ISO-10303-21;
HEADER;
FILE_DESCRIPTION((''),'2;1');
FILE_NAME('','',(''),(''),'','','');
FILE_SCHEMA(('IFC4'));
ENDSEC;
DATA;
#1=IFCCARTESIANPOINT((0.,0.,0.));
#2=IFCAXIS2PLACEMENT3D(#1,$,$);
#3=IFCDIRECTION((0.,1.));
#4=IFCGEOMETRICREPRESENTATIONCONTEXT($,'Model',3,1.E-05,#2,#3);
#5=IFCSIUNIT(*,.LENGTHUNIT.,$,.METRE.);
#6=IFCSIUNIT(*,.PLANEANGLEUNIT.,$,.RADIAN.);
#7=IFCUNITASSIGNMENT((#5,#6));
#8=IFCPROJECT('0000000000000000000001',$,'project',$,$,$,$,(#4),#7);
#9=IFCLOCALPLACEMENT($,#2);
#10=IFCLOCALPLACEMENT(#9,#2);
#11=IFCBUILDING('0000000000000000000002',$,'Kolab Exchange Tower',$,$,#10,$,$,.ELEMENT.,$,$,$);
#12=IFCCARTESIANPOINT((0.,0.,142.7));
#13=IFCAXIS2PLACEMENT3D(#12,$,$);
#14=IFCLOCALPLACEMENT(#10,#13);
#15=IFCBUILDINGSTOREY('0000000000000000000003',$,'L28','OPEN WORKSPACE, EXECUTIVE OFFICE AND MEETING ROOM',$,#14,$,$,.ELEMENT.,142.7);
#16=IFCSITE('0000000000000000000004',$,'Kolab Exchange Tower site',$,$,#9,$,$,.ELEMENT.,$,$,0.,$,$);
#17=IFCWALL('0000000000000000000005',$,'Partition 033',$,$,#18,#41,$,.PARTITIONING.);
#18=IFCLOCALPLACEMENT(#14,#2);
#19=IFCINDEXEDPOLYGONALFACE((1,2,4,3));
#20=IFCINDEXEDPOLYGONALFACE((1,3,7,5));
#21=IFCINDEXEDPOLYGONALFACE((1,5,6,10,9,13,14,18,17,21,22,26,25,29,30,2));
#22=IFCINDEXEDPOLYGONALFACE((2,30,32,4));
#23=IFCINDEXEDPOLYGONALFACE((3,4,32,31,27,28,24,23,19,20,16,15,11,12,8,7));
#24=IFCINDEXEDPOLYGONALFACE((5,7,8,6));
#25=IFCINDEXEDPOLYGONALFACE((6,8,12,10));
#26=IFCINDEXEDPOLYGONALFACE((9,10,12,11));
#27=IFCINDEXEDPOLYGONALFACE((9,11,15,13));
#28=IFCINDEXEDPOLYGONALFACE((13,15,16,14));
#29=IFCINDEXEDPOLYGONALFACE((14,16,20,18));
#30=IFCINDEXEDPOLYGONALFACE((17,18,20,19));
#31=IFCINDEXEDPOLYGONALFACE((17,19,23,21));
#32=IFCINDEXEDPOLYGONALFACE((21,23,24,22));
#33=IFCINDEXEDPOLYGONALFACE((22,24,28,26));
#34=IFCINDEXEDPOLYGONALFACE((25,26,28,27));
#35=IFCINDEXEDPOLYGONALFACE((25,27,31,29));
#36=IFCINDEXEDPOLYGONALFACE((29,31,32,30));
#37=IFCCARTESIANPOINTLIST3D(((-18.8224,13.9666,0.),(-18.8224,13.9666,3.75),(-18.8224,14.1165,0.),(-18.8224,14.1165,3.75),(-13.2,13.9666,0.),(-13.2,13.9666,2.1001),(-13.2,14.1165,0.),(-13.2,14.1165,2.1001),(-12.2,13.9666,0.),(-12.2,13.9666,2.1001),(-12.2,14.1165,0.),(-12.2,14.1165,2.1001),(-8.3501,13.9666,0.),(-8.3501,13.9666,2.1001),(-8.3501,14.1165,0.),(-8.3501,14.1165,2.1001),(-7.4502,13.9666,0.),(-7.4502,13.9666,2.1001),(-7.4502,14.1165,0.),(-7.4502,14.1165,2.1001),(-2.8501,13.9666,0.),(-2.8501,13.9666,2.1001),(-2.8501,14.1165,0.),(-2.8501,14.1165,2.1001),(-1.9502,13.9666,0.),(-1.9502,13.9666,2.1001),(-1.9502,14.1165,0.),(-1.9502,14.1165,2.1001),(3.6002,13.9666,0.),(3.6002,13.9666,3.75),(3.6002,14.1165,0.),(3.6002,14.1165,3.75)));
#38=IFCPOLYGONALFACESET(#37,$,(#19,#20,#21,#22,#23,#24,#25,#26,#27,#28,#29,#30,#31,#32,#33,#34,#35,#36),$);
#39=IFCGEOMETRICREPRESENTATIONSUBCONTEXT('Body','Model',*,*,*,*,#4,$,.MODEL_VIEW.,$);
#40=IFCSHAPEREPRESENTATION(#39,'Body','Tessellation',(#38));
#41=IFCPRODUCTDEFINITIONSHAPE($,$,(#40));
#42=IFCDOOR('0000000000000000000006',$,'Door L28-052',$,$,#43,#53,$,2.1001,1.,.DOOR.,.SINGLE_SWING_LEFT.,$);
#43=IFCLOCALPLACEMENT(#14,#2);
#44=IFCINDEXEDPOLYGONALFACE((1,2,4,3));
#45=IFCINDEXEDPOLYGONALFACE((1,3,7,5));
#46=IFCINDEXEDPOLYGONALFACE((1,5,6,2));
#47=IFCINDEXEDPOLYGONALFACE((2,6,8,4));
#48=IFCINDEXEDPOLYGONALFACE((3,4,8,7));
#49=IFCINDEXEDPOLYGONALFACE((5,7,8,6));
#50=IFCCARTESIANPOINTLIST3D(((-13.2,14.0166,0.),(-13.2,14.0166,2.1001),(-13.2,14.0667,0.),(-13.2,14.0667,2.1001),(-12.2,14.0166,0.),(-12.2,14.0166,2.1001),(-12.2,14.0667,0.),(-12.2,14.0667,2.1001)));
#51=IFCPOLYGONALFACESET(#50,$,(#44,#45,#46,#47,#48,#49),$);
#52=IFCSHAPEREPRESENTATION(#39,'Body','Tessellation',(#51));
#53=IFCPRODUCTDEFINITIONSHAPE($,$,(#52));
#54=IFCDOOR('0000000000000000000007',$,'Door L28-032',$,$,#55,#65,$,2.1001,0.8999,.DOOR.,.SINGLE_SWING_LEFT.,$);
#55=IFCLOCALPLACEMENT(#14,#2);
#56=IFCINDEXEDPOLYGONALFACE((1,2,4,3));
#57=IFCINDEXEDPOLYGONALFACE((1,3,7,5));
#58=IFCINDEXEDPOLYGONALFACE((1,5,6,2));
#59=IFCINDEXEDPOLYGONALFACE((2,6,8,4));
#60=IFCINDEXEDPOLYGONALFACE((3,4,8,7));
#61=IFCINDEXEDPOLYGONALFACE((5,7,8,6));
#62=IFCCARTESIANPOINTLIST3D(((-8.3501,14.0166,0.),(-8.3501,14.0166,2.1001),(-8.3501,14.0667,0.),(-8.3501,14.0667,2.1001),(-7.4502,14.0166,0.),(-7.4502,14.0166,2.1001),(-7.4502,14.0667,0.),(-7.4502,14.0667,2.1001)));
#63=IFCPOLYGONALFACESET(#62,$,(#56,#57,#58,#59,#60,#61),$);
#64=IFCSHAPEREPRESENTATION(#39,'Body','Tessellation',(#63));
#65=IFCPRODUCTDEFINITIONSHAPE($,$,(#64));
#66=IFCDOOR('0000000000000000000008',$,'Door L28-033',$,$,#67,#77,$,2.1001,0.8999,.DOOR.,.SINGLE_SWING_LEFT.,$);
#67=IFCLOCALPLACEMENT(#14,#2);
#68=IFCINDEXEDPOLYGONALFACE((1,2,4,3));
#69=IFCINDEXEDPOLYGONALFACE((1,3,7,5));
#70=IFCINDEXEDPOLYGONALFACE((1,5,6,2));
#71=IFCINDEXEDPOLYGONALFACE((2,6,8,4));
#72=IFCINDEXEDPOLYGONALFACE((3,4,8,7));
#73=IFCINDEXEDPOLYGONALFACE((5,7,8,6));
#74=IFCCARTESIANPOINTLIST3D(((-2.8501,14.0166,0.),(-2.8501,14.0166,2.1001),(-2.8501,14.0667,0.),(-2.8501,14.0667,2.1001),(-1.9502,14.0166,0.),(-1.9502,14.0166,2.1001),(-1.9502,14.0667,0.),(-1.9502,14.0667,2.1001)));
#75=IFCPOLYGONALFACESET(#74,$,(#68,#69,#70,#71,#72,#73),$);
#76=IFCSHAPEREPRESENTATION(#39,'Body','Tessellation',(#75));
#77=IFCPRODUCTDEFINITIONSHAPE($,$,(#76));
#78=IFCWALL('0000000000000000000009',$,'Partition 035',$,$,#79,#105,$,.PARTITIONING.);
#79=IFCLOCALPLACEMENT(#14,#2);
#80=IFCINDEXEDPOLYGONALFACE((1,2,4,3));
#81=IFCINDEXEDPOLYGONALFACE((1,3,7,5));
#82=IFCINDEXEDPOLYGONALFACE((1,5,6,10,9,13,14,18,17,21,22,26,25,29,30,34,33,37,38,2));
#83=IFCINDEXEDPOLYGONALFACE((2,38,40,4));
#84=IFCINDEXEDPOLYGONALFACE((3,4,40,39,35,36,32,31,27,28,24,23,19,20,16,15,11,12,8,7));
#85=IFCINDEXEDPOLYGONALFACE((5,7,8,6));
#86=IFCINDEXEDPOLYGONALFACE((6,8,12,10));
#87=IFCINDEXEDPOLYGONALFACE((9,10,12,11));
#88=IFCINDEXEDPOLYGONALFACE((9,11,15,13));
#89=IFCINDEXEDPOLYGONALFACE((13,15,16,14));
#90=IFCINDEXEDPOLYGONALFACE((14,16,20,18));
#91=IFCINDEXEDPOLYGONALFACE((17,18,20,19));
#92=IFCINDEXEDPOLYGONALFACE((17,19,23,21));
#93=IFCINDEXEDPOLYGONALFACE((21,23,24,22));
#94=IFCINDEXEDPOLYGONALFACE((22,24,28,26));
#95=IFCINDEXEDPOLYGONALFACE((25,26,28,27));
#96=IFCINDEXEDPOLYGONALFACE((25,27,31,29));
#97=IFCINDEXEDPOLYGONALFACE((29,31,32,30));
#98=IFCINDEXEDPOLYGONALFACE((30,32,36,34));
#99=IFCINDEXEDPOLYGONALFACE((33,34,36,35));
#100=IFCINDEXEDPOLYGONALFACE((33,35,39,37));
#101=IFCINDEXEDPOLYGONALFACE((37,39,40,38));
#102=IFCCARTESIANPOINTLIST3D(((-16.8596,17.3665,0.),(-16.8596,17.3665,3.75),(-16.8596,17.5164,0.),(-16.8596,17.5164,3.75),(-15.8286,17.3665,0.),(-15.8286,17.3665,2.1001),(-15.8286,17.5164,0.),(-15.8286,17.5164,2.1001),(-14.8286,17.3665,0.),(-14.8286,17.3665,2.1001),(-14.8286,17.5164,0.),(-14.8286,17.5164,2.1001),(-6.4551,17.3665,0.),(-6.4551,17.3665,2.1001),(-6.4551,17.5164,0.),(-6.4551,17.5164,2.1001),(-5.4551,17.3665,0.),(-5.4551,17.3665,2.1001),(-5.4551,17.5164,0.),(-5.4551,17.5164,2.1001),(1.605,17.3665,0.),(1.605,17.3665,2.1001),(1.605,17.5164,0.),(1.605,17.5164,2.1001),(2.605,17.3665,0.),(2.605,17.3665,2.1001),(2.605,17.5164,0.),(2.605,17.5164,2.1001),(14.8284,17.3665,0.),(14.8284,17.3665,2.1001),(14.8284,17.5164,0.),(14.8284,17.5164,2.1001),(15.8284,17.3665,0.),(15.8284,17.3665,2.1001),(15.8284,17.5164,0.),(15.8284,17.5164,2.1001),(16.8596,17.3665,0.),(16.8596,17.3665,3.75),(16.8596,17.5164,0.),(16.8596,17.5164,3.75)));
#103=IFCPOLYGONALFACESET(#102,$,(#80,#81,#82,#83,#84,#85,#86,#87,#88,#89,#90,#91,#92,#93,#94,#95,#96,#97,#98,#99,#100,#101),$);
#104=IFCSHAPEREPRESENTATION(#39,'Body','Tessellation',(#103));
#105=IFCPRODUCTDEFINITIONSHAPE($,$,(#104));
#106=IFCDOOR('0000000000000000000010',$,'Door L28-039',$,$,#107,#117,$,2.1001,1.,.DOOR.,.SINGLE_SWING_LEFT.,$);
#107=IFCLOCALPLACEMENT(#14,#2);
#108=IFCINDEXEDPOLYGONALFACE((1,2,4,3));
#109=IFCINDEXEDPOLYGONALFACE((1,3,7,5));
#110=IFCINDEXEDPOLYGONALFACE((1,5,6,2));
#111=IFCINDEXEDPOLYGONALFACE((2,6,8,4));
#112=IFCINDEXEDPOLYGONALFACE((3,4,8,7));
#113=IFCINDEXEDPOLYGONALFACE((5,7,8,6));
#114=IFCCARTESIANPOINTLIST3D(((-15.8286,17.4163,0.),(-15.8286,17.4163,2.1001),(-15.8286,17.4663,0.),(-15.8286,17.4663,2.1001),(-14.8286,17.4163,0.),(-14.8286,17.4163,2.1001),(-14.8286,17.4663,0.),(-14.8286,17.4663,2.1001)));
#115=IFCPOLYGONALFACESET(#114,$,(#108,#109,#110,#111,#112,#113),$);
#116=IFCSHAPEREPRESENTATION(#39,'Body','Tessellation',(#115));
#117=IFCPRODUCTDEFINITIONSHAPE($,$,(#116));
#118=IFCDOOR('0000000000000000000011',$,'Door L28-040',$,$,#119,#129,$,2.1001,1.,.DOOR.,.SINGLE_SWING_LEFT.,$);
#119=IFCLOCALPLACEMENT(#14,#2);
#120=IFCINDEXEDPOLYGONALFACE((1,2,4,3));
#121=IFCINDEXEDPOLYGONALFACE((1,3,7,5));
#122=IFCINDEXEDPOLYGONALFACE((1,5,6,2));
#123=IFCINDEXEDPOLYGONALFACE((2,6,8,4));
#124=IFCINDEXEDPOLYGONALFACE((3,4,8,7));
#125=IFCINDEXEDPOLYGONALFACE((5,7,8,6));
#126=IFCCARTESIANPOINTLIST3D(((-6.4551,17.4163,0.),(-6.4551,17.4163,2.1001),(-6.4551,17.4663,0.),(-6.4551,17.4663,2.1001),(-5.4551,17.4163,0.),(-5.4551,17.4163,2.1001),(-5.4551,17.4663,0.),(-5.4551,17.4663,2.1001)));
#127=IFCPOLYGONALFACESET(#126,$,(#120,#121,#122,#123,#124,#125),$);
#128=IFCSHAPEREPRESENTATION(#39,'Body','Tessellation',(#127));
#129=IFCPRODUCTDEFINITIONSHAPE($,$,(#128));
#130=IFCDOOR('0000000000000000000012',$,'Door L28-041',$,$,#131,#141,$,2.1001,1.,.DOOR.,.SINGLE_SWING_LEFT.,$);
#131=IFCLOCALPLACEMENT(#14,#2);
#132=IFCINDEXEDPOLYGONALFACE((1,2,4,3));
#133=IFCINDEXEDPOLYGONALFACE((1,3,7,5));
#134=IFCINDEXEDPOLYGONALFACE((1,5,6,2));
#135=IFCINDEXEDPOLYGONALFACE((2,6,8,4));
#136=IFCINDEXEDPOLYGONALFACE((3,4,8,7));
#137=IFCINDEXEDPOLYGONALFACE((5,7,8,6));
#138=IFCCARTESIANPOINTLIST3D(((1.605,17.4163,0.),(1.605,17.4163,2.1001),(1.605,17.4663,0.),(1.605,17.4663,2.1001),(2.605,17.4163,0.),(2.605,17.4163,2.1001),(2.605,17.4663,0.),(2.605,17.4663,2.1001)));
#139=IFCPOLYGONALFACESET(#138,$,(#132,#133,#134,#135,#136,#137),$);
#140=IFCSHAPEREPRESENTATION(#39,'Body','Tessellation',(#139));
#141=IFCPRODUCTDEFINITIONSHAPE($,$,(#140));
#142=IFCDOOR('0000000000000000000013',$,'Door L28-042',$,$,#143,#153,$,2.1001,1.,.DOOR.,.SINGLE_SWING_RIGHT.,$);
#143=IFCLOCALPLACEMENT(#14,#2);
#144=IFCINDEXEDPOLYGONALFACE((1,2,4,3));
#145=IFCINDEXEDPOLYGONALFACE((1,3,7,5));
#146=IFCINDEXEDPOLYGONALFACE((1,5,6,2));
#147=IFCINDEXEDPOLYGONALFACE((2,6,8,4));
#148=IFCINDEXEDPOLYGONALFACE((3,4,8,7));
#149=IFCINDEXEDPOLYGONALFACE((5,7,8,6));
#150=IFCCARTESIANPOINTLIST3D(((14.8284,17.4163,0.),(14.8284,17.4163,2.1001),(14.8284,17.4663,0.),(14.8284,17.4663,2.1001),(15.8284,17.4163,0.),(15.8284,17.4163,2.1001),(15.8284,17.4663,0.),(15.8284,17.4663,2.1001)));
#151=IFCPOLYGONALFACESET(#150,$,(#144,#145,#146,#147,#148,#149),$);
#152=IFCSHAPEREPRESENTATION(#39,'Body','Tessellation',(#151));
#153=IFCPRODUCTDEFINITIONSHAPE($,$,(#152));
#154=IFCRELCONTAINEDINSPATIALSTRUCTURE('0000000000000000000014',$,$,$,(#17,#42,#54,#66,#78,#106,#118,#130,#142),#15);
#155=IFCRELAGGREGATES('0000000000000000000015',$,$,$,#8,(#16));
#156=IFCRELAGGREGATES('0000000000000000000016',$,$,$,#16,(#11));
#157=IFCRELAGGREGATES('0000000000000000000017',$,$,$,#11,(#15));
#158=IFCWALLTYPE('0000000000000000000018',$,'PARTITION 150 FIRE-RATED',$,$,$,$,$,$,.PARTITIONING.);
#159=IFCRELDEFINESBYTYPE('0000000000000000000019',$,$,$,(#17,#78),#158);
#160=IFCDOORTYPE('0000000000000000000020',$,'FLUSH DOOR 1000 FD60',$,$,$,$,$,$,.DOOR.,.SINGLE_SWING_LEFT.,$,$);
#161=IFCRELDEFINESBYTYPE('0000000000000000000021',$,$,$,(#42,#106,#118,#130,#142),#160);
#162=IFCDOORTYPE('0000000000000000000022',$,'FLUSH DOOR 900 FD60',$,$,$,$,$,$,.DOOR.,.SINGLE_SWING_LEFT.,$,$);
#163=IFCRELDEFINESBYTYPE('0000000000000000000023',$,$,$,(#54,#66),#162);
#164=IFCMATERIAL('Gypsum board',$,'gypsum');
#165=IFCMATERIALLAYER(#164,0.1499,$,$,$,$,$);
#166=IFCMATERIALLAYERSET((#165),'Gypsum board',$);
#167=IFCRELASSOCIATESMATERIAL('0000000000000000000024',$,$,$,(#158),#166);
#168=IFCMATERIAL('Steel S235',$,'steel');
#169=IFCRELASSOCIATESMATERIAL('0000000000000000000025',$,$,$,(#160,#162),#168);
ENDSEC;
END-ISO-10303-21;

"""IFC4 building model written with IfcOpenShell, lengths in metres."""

from ifc_helpers import new_model, si_unit, direction, frame, frame_2d, origin, place, context, subcontext, project, spatial, rectangle, extrude, material, layer, layer_set, type_object, element, fill, save


model = new_model("IFC4")

# Units and contexts
model_context = context("Model", 3, precision=1e-05, world=origin(), true_north=direction((0.0, 1.0)))
body_context = subcontext(model_context, "Body", "Model", "MODEL_VIEW")
ifc_project = project(units=[si_unit("LENGTHUNIT", "METRE"), si_unit("PLANEANGLEUNIT", "RADIAN")], contexts=[model_context])

# Site, building, storey
site_placement = place(None, origin())
site = spatial("IfcSite", under=ifc_project, at=site_placement, Name="Kolab Exchange Tower site", CompositionType="ELEMENT", RefElevation=0.0)
building_placement = place(site_placement, origin())
building = spatial("IfcBuilding", under=site, at=building_placement, Name="Kolab Exchange Tower", CompositionType="ELEMENT")
storey_placement = place(building_placement, frame((0.0, 0.0, 142.7)))
storey = spatial("IfcBuildingStorey", under=building, at=storey_placement, Name="L28", Description="OPEN WORKSPACE, EXECUTIVE OFFICE AND MEETING ROOM", CompositionType="ELEMENT", Elevation=142.7)

# Shared definitions
ifc_material_1 = material(Name="Gypsum board", Category="gypsum")

# Walls, openings, doors
ifc_layer_1 = layer(ifc_material_1, 0.1499)
ifc_layer_set_1 = layer_set([ifc_layer_1], Name="Gypsum board")
wall_type_1 = type_object("IfcWallType", Name="PARTITION 150 FIRE-RATED", PredefinedType="PARTITIONING", material=ifc_layer_set_1)
wall_1_placement = place(storey_placement, frame((-18.8225, 14.0415, 0.0), z_axis=(0.0, 0.0, 1.0), x_axis=(1.0, 0.0, 0.0)))
wall_1 = element("IfcWall", 1, at=wall_1_placement, inside=storey, type_object=wall_type_1, Name="Partition 033", PredefinedType="PARTITIONING", context=body_context, shape_type="SweptSolid", body=[
    extrude(rectangle(XDim=22.4226, YDim=0.1499, at=frame_2d((11.2114, 0.0))), origin(), (0.0, 0.0, 1.0), 3.75),
])
opening_1_placement = place(wall_1_placement, frame((10.4724, 0.0, 0.0)))
opening_1 = element("IfcOpeningElement", 2, at=opening_1_placement, cuts=wall_1, PredefinedType="OPENING", context=body_context, shape_type="SweptSolid", body=[
    extrude(rectangle(XDim=0.8999, YDim=2.1001, at=frame_2d((0.45, 1.05))), frame((0.0, 0.085, 0.0), z_axis=(0.0, -1.0, 0.0), x_axis=(1.0, 0.0, 0.0)), (0.0, 0.0, 1.0), 0.1699),
])
opening_2_placement = place(wall_1_placement, frame((15.9724, 0.0, 0.0)))
opening_2 = element("IfcOpeningElement", 3, at=opening_2_placement, cuts=wall_1, PredefinedType="OPENING", context=body_context, shape_type="SweptSolid", body=[
    extrude(rectangle(XDim=0.8999, YDim=2.1001, at=frame_2d((0.45, 1.05))), frame((0.0, 0.085, 0.0), z_axis=(0.0, -1.0, 0.0), x_axis=(1.0, 0.0, 0.0)), (0.0, 0.0, 1.0), 0.1699),
])
opening_3_placement = place(wall_1_placement, frame((5.6226, 0.0, 0.0)))
opening_3 = element("IfcOpeningElement", 4, at=opening_3_placement, cuts=wall_1, PredefinedType="OPENING", context=body_context, shape_type="SweptSolid", body=[
    extrude(rectangle(XDim=1.0, YDim=2.1001, at=frame_2d((0.5, 1.05))), frame((0.0, 0.085, 0.0), z_axis=(0.0, -1.0, 0.0), x_axis=(1.0, 0.0, 0.0)), (0.0, 0.0, 1.0), 0.1699),
])
ifc_material_2 = material(Name="Steel S235", Category="steel")
door_type_1 = type_object("IfcDoorType", Name="FLUSH DOOR 1000 FD60", OperationType="SINGLE_SWING_LEFT", PredefinedType="DOOR", material=ifc_material_2)
door_1_placement = place(opening_3_placement, frame((1.0, 0.0, 0.0), z_axis=(0.0, 0.0, 1.0), x_axis=(-1.0, 0.0, 0.0)))
door_1 = element("IfcDoor", 5, at=door_1_placement, inside=storey, type_object=door_type_1, Name="Door L28-052", OperationType="SINGLE_SWING_LEFT", OverallHeight=2.1001, OverallWidth=1.0, PredefinedType="DOOR", context=body_context, shape_type="SweptSolid", body=[
    extrude(rectangle(XDim=1.0, YDim=2.1001, at=frame_2d((0.5, 1.05))), frame((0.0, 0.0249, 0.0), z_axis=(0.0, -1.0, 0.0), x_axis=(1.0, 0.0, 0.0)), (0.0, 0.0, 1.0), 0.05),
])
fill(opening_3, door_1)
door_type_2 = type_object("IfcDoorType", Name="FLUSH DOOR 900 FD60", OperationType="SINGLE_SWING_LEFT", PredefinedType="DOOR", material=ifc_material_2)
door_2_placement = place(opening_1_placement, frame((0.8999, 0.0, 0.0), z_axis=(0.0, 0.0, 1.0), x_axis=(-1.0, 0.0, 0.0)))
door_2 = element("IfcDoor", 6, at=door_2_placement, inside=storey, type_object=door_type_2, Name="Door L28-032", OperationType="SINGLE_SWING_LEFT", OverallHeight=2.1001, OverallWidth=0.8999, PredefinedType="DOOR", context=body_context, shape_type="SweptSolid", body=[
    extrude(rectangle(XDim=0.8999, YDim=2.1001, at=frame_2d((0.45, 1.05))), frame((0.0, 0.0249, 0.0), z_axis=(0.0, -1.0, 0.0), x_axis=(1.0, 0.0, 0.0)), (0.0, 0.0, 1.0), 0.05),
])
fill(opening_1, door_2)
door_3_placement = place(opening_2_placement, frame((0.8999, 0.0, 0.0), z_axis=(0.0, 0.0, 1.0), x_axis=(-1.0, 0.0, 0.0)))
door_3 = element("IfcDoor", 7, at=door_3_placement, inside=storey, type_object=door_type_2, Name="Door L28-033", OperationType="SINGLE_SWING_LEFT", OverallHeight=2.1001, OverallWidth=0.8999, PredefinedType="DOOR", context=body_context, shape_type="SweptSolid", body=[
    extrude(rectangle(XDim=0.8999, YDim=2.1001, at=frame_2d((0.45, 1.05))), frame((0.0, 0.0249, 0.0), z_axis=(0.0, -1.0, 0.0), x_axis=(1.0, 0.0, 0.0)), (0.0, 0.0, 1.0), 0.05),
])
fill(opening_2, door_3)
wall_2_placement = place(storey_placement, frame((-16.8596, 17.4414, 0.0), z_axis=(0.0, 0.0, 1.0), x_axis=(1.0, 0.0, 0.0)))
wall_2 = element("IfcWall", 8, at=wall_2_placement, inside=storey, type_object=wall_type_1, Name="Partition 035", PredefinedType="PARTITIONING", context=body_context, shape_type="SweptSolid", body=[
    extrude(rectangle(XDim=33.7192, YDim=0.1499, at=frame_2d((16.8596, 0.0))), origin(), (0.0, 0.0, 1.0), 3.75),
])
opening_4_placement = place(wall_2_placement, frame((1.031, 0.0, 0.0)))
opening_4 = element("IfcOpeningElement", 9, at=opening_4_placement, cuts=wall_2, PredefinedType="OPENING", context=body_context, shape_type="SweptSolid", body=[
    extrude(rectangle(XDim=1.0, YDim=2.1001, at=frame_2d((0.5, 1.05))), frame((0.0, 0.085, 0.0), z_axis=(0.0, -1.0, 0.0), x_axis=(1.0, 0.0, 0.0)), (0.0, 0.0, 1.0), 0.1699),
])
opening_5_placement = place(wall_2_placement, frame((10.4045, 0.0, 0.0)))
opening_5 = element("IfcOpeningElement", 10, at=opening_5_placement, cuts=wall_2, PredefinedType="OPENING", context=body_context, shape_type="SweptSolid", body=[
    extrude(rectangle(XDim=1.0, YDim=2.1001, at=frame_2d((0.5, 1.05))), frame((0.0, 0.085, 0.0), z_axis=(0.0, -1.0, 0.0), x_axis=(1.0, 0.0, 0.0)), (0.0, 0.0, 1.0), 0.1699),
])
opening_6_placement = place(wall_2_placement, frame((18.4646, 0.0, 0.0)))
opening_6 = element("IfcOpeningElement", 11, at=opening_6_placement, cuts=wall_2, PredefinedType="OPENING", context=body_context, shape_type="SweptSolid", body=[
    extrude(rectangle(XDim=1.0, YDim=2.1001, at=frame_2d((0.5, 1.05))), frame((0.0, 0.085, 0.0), z_axis=(0.0, -1.0, 0.0), x_axis=(1.0, 0.0, 0.0)), (0.0, 0.0, 1.0), 0.1699),
])
opening_7_placement = place(wall_2_placement, frame((31.688, 0.0, 0.0)))
opening_7 = element("IfcOpeningElement", 12, at=opening_7_placement, cuts=wall_2, PredefinedType="OPENING", context=body_context, shape_type="SweptSolid", body=[
    extrude(rectangle(XDim=1.0, YDim=2.1001, at=frame_2d((0.5, 1.05))), frame((0.0, 0.085, 0.0), z_axis=(0.0, -1.0, 0.0), x_axis=(1.0, 0.0, 0.0)), (0.0, 0.0, 1.0), 0.1699),
])
door_4_placement = place(opening_4_placement, origin())
door_4 = element("IfcDoor", 13, at=door_4_placement, inside=storey, type_object=door_type_1, Name="Door L28-039", OperationType="SINGLE_SWING_LEFT", OverallHeight=2.1001, OverallWidth=1.0, PredefinedType="DOOR", context=body_context, shape_type="SweptSolid", body=[
    extrude(rectangle(XDim=1.0, YDim=2.1001, at=frame_2d((0.5, 1.05))), frame((0.0, 0.0249, 0.0), z_axis=(0.0, -1.0, 0.0), x_axis=(1.0, 0.0, 0.0)), (0.0, 0.0, 1.0), 0.05),
])
fill(opening_4, door_4)
door_5_placement = place(opening_5_placement, origin())
door_5 = element("IfcDoor", 14, at=door_5_placement, inside=storey, type_object=door_type_1, Name="Door L28-040", OperationType="SINGLE_SWING_LEFT", OverallHeight=2.1001, OverallWidth=1.0, PredefinedType="DOOR", context=body_context, shape_type="SweptSolid", body=[
    extrude(rectangle(XDim=1.0, YDim=2.1001, at=frame_2d((0.5, 1.05))), frame((0.0, 0.0249, 0.0), z_axis=(0.0, -1.0, 0.0), x_axis=(1.0, 0.0, 0.0)), (0.0, 0.0, 1.0), 0.05),
])
fill(opening_5, door_5)
door_6_placement = place(opening_6_placement, origin())
door_6 = element("IfcDoor", 15, at=door_6_placement, inside=storey, type_object=door_type_1, Name="Door L28-041", OperationType="SINGLE_SWING_LEFT", OverallHeight=2.1001, OverallWidth=1.0, PredefinedType="DOOR", context=body_context, shape_type="SweptSolid", body=[
    extrude(rectangle(XDim=1.0, YDim=2.1001, at=frame_2d((0.5, 1.05))), frame((0.0, 0.0249, 0.0), z_axis=(0.0, -1.0, 0.0), x_axis=(1.0, 0.0, 0.0)), (0.0, 0.0, 1.0), 0.05),
])
fill(opening_6, door_6)
door_7_placement = place(opening_7_placement, origin())
door_7 = element("IfcDoor", 16, at=door_7_placement, inside=storey, type_object=door_type_1, Name="Door L28-042", OperationType="SINGLE_SWING_RIGHT", OverallHeight=2.1001, OverallWidth=1.0, PredefinedType="DOOR", context=body_context, shape_type="SweptSolid", body=[
    extrude(rectangle(XDim=1.0, YDim=2.1001, at=frame_2d((0.5, 1.05))), frame((0.0, 0.0249, 0.0), z_axis=(0.0, -1.0, 0.0), x_axis=(1.0, 0.0, 0.0)), (0.0, 0.0, 1.0), 0.05),
])
fill(opening_7, door_7)

save(model, "model.ifc")
